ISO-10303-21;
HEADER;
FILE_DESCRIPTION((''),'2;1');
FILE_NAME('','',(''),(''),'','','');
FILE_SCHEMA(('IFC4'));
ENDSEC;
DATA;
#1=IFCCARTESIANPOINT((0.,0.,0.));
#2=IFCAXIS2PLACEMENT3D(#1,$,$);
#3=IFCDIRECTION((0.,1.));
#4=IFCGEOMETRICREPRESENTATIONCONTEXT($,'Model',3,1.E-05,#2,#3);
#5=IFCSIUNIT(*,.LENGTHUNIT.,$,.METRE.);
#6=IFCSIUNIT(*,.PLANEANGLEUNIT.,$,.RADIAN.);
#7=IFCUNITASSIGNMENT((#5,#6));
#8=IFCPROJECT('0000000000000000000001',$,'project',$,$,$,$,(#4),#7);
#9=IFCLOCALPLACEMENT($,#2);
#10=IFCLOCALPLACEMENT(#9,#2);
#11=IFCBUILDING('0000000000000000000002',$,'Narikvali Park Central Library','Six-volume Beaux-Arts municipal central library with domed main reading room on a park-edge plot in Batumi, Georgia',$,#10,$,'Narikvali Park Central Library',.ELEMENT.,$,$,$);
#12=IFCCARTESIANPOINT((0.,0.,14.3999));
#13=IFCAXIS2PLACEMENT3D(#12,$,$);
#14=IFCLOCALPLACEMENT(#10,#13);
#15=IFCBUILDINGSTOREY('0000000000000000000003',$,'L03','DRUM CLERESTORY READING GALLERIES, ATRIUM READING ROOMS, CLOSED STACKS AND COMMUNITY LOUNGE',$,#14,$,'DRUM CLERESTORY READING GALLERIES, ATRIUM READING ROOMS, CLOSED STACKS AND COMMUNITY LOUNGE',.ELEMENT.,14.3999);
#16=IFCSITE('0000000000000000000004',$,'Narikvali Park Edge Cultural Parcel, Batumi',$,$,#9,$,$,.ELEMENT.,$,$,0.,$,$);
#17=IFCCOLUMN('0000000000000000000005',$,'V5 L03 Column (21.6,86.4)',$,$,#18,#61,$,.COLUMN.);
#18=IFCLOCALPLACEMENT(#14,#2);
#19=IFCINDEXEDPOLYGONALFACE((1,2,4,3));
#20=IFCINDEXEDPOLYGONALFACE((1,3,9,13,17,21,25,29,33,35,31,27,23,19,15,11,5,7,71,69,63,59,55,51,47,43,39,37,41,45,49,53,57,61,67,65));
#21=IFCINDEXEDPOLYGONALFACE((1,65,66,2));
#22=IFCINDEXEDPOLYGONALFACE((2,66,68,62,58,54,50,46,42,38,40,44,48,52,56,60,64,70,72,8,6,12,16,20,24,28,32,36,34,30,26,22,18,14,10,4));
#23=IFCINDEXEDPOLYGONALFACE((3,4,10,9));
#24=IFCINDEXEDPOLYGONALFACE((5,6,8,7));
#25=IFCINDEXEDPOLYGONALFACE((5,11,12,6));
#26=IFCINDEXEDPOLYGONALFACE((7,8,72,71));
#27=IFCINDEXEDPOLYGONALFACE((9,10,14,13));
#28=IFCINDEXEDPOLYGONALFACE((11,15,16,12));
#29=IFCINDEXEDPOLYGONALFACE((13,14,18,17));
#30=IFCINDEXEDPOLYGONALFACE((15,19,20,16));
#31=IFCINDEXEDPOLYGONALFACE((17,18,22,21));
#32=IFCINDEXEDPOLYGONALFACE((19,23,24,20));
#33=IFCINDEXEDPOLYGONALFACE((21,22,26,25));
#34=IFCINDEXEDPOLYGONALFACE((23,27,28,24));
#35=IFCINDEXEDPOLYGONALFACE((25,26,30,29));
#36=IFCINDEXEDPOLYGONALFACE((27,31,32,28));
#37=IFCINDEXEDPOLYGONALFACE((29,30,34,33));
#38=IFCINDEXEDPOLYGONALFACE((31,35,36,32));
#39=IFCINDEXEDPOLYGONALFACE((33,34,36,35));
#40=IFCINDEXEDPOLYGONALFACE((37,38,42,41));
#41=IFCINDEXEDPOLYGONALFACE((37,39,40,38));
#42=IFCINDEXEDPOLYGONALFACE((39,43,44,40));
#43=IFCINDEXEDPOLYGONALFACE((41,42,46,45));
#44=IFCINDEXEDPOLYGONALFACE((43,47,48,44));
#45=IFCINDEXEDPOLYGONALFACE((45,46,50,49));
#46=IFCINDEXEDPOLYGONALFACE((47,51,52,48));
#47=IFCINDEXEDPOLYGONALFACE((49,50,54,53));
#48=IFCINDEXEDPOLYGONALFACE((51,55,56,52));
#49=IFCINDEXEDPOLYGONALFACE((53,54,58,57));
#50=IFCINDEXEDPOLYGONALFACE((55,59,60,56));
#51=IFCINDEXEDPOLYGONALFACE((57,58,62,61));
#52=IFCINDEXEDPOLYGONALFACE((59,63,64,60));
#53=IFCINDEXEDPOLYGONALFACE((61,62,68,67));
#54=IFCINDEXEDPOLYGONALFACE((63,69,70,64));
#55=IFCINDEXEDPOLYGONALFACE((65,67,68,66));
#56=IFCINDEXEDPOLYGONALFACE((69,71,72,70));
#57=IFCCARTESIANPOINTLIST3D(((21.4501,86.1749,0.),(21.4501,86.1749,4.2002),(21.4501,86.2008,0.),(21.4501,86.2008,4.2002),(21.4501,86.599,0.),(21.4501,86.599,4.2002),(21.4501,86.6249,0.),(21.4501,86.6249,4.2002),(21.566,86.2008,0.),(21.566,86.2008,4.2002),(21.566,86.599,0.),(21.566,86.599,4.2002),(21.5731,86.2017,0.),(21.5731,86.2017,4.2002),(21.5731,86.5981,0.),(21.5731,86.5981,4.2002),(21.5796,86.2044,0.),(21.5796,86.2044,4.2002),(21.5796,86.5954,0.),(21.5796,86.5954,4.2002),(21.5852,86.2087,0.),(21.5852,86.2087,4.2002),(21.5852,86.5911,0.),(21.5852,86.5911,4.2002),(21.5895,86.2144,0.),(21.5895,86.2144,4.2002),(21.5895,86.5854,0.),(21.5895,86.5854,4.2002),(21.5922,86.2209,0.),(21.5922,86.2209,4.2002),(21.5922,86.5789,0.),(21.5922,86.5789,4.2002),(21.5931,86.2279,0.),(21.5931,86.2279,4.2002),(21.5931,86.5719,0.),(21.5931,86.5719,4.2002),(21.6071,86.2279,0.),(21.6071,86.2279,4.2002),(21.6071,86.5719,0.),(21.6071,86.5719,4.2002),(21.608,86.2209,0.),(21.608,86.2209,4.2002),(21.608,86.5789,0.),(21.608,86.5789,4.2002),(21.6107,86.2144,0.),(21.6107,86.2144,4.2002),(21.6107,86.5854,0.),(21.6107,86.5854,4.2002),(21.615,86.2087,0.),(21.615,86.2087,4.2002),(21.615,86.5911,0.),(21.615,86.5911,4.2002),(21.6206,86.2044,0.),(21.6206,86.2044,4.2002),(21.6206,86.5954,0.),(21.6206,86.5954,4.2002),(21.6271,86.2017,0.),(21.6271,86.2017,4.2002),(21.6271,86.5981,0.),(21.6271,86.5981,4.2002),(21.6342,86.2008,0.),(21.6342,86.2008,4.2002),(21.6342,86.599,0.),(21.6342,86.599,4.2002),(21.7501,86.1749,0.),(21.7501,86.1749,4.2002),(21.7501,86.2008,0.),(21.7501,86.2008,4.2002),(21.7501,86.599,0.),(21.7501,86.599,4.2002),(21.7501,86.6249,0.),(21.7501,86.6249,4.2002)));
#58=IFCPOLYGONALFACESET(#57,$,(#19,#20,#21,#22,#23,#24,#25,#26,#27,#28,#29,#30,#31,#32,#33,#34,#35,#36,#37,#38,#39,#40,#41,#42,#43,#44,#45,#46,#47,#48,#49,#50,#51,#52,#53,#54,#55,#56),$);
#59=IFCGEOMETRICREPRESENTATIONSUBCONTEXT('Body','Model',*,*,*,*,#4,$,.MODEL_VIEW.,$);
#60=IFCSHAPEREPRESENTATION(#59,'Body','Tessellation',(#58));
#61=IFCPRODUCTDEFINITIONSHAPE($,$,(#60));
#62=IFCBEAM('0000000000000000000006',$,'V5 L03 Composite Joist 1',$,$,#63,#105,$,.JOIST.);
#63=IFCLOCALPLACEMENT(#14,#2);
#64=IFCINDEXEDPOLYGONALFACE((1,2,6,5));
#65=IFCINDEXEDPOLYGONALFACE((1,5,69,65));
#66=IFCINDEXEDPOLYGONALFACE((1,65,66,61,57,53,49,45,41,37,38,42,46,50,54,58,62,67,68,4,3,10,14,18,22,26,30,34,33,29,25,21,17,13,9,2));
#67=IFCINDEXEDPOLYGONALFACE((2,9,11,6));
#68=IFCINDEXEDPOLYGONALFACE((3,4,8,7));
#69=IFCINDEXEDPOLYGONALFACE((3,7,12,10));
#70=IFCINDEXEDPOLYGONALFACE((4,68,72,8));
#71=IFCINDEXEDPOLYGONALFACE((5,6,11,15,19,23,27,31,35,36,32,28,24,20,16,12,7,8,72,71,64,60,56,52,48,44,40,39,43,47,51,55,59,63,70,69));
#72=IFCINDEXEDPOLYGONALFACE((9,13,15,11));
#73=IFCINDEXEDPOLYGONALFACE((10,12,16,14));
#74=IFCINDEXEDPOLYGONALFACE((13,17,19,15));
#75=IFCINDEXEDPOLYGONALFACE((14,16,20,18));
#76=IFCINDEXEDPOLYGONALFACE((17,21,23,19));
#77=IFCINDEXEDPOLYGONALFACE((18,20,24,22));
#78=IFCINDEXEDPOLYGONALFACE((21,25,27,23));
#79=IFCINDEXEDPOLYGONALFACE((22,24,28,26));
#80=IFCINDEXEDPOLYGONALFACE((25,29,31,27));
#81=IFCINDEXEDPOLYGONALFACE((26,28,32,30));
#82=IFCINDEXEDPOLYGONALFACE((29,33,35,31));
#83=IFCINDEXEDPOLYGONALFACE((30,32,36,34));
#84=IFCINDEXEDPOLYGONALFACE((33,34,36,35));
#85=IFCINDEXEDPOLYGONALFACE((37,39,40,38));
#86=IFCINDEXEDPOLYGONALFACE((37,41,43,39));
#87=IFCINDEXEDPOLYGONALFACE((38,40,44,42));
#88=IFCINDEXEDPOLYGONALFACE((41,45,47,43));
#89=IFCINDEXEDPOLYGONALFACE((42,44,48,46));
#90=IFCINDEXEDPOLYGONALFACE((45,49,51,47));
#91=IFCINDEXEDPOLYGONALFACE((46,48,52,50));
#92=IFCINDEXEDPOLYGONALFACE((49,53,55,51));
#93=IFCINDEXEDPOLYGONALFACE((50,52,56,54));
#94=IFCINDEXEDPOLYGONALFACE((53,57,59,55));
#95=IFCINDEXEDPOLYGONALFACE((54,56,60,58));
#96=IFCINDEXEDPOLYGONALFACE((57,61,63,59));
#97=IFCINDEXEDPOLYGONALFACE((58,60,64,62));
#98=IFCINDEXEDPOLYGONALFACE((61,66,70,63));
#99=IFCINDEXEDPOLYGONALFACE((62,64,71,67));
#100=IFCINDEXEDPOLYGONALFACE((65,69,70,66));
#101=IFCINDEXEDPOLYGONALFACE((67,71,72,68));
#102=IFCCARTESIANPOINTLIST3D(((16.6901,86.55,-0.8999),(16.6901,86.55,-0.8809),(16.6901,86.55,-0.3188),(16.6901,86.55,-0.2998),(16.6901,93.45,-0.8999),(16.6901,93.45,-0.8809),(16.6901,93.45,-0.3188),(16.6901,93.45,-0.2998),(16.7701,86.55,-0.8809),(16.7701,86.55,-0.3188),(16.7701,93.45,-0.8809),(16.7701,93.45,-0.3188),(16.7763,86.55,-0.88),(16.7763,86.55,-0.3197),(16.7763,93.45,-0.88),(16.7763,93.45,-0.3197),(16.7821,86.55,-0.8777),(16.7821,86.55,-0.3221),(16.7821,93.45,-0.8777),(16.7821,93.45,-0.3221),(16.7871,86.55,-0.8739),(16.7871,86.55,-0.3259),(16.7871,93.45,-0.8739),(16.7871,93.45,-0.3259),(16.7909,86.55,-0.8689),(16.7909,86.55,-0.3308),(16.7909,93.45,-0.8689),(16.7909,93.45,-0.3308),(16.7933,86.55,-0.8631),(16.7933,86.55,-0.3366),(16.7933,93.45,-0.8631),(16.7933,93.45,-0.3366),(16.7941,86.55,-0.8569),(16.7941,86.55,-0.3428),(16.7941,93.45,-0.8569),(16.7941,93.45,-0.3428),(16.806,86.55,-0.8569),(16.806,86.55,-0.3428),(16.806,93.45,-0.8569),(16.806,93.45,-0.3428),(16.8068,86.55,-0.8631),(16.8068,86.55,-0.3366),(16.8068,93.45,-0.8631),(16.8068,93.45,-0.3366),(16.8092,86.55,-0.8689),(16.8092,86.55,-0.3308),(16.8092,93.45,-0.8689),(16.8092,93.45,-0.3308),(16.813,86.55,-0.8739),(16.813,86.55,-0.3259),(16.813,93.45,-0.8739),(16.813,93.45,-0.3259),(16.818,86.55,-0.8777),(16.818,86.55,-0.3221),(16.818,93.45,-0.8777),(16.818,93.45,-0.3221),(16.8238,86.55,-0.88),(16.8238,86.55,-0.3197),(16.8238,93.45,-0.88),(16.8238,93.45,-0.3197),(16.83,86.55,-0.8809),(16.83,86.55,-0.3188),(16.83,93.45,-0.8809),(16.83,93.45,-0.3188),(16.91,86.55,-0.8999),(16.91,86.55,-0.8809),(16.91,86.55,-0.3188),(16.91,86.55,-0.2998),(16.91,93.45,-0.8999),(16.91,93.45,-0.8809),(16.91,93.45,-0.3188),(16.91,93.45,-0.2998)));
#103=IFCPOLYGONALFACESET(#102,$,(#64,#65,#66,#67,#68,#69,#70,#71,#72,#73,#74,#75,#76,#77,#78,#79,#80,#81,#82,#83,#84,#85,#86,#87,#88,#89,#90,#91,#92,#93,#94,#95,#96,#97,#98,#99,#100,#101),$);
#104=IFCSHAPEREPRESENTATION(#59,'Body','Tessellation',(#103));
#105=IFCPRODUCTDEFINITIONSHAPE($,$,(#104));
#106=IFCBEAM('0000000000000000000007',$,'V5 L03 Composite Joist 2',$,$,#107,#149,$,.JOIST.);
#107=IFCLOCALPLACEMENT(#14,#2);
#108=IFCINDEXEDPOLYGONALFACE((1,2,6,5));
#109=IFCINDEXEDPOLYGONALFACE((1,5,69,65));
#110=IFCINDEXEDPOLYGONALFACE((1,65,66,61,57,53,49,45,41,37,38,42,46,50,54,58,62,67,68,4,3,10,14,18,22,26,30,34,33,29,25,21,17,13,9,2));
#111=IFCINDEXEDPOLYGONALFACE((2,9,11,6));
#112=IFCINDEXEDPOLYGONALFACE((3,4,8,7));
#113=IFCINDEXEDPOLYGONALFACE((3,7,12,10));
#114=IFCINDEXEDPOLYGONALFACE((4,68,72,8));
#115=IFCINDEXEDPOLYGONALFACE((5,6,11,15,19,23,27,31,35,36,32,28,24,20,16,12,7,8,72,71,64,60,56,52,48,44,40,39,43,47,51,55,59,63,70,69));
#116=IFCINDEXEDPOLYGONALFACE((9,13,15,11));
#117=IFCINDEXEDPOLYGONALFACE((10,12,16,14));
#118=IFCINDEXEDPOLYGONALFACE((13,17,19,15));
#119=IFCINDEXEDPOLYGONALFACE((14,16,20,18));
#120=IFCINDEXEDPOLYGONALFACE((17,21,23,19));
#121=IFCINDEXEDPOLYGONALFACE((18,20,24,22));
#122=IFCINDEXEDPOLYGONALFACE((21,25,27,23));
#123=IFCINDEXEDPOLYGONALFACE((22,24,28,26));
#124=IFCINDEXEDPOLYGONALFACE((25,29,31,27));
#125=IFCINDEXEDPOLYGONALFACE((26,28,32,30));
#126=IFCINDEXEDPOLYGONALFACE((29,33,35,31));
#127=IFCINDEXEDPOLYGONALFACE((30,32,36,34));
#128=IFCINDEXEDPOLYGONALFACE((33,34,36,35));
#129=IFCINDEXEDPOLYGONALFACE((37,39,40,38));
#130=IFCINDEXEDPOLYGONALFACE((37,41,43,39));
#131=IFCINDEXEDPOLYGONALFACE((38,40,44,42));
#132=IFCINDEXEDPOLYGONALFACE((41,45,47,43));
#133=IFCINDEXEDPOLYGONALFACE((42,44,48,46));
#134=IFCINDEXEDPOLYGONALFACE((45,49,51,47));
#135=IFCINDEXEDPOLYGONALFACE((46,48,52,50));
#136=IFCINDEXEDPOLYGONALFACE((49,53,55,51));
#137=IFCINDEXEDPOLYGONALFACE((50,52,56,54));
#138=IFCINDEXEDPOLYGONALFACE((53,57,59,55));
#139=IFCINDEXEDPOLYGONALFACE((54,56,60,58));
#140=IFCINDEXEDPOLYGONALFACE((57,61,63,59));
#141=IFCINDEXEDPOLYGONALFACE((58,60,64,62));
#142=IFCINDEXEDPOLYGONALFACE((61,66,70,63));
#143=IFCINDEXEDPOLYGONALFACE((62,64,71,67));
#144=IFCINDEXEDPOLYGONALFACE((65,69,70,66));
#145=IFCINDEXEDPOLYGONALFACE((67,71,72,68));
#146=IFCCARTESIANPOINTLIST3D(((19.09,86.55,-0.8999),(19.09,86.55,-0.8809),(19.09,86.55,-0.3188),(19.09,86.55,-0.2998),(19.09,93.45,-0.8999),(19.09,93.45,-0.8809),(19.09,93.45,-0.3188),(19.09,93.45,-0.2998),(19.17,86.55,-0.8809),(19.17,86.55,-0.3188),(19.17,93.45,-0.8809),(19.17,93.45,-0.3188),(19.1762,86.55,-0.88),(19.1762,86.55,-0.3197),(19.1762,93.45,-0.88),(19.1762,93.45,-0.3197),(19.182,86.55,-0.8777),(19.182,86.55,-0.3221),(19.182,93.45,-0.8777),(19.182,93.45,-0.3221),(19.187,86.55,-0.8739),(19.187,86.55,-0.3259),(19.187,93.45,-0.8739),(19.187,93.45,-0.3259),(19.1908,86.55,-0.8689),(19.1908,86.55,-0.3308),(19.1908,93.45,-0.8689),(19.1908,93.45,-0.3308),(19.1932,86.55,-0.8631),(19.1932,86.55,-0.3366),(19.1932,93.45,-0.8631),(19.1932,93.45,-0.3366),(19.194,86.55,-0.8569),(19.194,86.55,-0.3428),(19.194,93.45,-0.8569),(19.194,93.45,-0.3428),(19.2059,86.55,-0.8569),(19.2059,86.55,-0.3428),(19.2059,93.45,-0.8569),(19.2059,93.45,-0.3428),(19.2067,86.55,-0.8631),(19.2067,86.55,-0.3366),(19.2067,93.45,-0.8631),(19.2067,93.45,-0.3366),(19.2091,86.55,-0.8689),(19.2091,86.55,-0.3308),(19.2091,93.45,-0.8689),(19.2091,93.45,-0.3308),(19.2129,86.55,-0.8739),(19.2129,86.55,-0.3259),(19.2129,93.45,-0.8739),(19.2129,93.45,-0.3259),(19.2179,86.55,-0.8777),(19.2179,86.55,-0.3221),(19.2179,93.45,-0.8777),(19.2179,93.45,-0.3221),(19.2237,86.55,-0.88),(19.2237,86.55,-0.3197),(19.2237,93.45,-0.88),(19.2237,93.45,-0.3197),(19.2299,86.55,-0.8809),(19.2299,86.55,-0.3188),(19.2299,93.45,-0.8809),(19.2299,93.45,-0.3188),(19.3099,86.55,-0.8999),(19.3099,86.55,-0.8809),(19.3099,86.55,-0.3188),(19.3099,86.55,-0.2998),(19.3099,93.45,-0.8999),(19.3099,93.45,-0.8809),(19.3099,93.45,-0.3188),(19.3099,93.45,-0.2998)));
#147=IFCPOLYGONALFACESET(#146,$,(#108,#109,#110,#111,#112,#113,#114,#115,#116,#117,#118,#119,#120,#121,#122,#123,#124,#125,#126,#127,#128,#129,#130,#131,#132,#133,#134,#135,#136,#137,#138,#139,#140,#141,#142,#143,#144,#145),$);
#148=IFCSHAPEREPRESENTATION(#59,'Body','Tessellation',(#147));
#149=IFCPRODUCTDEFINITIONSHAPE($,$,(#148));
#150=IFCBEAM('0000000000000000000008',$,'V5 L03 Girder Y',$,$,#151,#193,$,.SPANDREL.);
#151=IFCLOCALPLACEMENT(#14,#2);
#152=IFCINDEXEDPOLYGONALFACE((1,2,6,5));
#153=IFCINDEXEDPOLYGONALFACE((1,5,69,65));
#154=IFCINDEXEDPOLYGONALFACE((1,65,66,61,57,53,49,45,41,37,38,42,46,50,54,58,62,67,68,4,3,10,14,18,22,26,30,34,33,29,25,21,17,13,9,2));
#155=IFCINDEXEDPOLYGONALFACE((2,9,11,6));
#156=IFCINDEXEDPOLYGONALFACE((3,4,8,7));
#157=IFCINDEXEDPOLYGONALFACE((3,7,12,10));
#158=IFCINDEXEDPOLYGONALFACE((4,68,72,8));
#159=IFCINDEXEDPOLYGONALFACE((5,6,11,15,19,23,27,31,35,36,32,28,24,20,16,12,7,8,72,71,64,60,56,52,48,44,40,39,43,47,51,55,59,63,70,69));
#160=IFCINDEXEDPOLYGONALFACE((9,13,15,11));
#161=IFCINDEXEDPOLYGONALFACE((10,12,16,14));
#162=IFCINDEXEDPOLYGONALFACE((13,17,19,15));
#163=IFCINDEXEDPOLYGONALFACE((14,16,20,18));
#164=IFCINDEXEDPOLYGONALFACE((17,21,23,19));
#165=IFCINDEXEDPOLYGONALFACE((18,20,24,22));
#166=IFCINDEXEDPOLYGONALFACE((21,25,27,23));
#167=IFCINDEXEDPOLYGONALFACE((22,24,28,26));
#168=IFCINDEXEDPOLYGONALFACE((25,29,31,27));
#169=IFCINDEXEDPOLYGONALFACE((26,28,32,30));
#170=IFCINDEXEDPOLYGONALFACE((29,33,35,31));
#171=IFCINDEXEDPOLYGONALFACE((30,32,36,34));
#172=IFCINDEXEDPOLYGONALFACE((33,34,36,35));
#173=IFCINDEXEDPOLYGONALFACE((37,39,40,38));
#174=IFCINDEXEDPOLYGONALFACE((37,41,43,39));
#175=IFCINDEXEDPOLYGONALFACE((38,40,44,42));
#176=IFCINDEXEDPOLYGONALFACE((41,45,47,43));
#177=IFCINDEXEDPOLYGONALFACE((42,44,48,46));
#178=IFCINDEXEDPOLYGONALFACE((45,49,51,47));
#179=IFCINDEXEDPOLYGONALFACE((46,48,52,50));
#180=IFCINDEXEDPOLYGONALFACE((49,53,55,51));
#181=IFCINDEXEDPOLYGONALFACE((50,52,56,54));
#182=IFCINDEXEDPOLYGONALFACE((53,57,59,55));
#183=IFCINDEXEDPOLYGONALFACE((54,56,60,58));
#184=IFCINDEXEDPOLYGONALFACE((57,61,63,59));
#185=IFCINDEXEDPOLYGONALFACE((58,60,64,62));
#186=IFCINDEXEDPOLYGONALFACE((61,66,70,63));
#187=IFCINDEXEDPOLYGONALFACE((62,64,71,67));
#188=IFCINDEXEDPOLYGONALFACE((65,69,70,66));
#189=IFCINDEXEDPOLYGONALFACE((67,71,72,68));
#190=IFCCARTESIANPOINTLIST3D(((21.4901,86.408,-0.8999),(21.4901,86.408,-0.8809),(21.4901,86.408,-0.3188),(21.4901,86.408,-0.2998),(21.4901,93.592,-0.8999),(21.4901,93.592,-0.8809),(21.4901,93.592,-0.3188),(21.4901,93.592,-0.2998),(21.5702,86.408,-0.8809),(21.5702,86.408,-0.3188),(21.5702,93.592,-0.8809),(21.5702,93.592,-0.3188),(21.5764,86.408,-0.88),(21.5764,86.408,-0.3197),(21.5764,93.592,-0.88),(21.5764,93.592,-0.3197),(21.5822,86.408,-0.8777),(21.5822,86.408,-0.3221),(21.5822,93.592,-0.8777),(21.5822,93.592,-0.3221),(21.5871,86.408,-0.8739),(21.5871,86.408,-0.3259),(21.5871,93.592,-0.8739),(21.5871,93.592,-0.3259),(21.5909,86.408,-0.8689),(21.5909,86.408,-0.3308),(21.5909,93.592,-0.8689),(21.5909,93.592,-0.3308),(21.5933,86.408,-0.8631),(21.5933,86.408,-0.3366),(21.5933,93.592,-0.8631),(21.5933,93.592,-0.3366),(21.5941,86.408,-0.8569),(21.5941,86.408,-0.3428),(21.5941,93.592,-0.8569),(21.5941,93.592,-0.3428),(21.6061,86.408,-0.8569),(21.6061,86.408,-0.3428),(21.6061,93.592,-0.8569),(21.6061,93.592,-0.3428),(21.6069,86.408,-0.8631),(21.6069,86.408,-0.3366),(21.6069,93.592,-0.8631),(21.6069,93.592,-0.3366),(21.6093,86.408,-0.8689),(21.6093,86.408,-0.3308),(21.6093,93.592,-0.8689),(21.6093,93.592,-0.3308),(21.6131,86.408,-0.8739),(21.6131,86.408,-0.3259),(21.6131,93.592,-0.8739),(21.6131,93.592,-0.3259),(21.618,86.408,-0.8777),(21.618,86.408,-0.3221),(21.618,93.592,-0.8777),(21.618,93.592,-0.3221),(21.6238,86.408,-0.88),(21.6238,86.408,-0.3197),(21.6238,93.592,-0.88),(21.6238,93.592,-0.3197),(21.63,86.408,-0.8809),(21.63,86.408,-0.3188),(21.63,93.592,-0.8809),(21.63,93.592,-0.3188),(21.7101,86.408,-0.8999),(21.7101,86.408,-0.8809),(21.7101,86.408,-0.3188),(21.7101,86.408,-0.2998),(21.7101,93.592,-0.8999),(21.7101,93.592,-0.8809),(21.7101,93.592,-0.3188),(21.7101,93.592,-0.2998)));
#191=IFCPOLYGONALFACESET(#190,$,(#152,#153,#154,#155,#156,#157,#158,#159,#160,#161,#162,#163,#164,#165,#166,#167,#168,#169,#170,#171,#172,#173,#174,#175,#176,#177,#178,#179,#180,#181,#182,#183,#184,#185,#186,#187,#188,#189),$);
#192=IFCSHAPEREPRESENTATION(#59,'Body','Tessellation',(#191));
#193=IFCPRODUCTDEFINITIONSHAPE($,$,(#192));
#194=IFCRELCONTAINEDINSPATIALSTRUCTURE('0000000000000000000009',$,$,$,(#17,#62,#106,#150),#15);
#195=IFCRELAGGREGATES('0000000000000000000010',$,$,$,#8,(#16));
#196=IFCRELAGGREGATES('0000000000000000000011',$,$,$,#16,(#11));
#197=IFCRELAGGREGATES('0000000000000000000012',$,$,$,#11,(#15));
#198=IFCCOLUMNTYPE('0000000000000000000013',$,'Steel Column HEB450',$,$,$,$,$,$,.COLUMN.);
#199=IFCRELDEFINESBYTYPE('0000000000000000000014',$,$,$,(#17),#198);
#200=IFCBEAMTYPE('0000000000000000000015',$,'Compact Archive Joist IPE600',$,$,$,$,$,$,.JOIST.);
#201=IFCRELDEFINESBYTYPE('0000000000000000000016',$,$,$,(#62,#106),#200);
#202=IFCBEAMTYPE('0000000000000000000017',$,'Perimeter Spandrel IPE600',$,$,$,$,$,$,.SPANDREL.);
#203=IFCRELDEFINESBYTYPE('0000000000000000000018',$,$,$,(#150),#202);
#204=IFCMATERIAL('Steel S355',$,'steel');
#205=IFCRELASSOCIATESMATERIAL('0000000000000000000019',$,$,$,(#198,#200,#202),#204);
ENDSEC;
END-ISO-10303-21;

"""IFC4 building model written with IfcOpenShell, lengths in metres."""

from ifc_helpers import new_model, si_unit, direction, frame, origin, origin_2d, place, context, subcontext, project, spatial, i_section, extrude, material, material_profile, profile_set, type_object, element, save


model = new_model("IFC4")

# Units and contexts
model_context = context("Model", 3, precision=1e-05, world=origin(), true_north=direction((0.0, 1.0)))
body_context = subcontext(model_context, "Body", "Model", "MODEL_VIEW")
ifc_project = project(units=[si_unit("LENGTHUNIT", "METRE"), si_unit("PLANEANGLEUNIT", "RADIAN")], contexts=[model_context])

# Site, building, storey
site_placement = place(None, origin())
site = spatial("IfcSite", under=ifc_project, at=site_placement, Name="Narikvali Park Edge Cultural Parcel, Batumi", CompositionType="ELEMENT", RefElevation=0.0)
building_placement = place(site_placement, origin())
building = spatial("IfcBuilding", under=site, at=building_placement, Name="Narikvali Park Central Library", Description="Six-volume Beaux-Arts municipal central library with domed main reading room on a park-edge plot in Batumi, Georgia", LongName="Narikvali Park Central Library", CompositionType="ELEMENT")
storey_placement = place(building_placement, frame((0.0, 0.0, 14.3999)))
storey = spatial("IfcBuildingStorey", under=building, at=storey_placement, Name="L03", Description="DRUM CLERESTORY READING GALLERIES, ATRIUM READING ROOMS, CLOSED STACKS AND COMMUNITY LOUNGE", LongName="DRUM CLERESTORY READING GALLERIES, ATRIUM READING ROOMS, CLOSED STACKS AND COMMUNITY LOUNGE", CompositionType="ELEMENT", Elevation=14.3999)

# Column
ifc_material_1 = material(Name="Steel S355", Category="steel")
ifc_material_profile_1 = material_profile(ifc_material_1, i_section(OverallWidth=0.3, OverallDepth=0.45, WebThickness=0.0139, FlangeThickness=0.0259, FilletRadius=0.0271, at=origin_2d()), Name="HEB 450")
ifc_profile_set_1 = profile_set([ifc_material_profile_1], Name="Steel S355")
column_type = type_object("IfcColumnType", Name="Steel Column HEB450", PredefinedType="COLUMN", material=ifc_profile_set_1)
column_placement = place(storey_placement, frame((21.6001, 86.3999, 0.0), z_axis=(0.0, 0.0, 1.0), x_axis=(1.0, 0.0, 0.0)))
element("IfcColumn", 1, at=column_placement, inside=storey, type_object=column_type, Name="V5 L03 Column (21.6,86.4)", PredefinedType="COLUMN", context=body_context, shape_type="SweptSolid", body=[
    extrude(i_section(OverallWidth=0.3, OverallDepth=0.45, WebThickness=0.0139, FlangeThickness=0.0259, FilletRadius=0.0271, at=origin_2d()), origin(), (0.0, 0.0, 1.0), 4.2002),
])

# Beams
ifc_material_profile_2 = material_profile(ifc_material_1, i_section(OverallWidth=0.22, OverallDepth=0.6001, WebThickness=0.012, FlangeThickness=0.019, FilletRadius=0.0239, at=origin_2d()), Name="IPE 600")
ifc_profile_set_2 = profile_set([ifc_material_profile_2], Name="Steel S355")
beam_type_1 = type_object("IfcBeamType", Name="Compact Archive Joist IPE600", PredefinedType="JOIST", material=ifc_profile_set_2)
for number, where, z_axis, x_axis, name in (
    (2, (16.8, 86.55, -0.5999), (0.0, 1.0, 0.0), (-1.0, 0.0, 0.0), "V5 L03 Composite Joist 1"),
    (3, (19.2, 86.55, -0.5999), (0.0, 1.0, 0.0), (-1.0, 0.0, 0.0), "V5 L03 Composite Joist 2"),
):
    element("IfcBeam", number, at=place(storey_placement, frame(where, z_axis=z_axis, x_axis=x_axis)), inside=storey, type_object=beam_type_1, Name=name, PredefinedType="JOIST", context=body_context, shape_type="SweptSolid", body=[
        extrude(i_section(OverallWidth=0.22, OverallDepth=0.6001, WebThickness=0.012, FlangeThickness=0.019, FilletRadius=0.0239, at=origin_2d()), origin(), (0.0, 0.0, 1.0), 6.8999),
    ])
ifc_material_profile_3 = material_profile(ifc_material_1, i_section(OverallWidth=0.22, OverallDepth=0.6001, WebThickness=0.012, FlangeThickness=0.019, FilletRadius=0.0239, at=origin_2d()), Name="IPE 600")
ifc_profile_set_3 = profile_set([ifc_material_profile_3], Name="Steel S355")
beam_type_2 = type_object("IfcBeamType", Name="Perimeter Spandrel IPE600", PredefinedType="SPANDREL", material=ifc_profile_set_3)
beam_placement = place(storey_placement, frame((21.6001, 86.408, -0.5999), z_axis=(0.0, 1.0, 0.0), x_axis=(-1.0, 0.0, 0.0)))
element("IfcBeam", 4, at=beam_placement, inside=storey, type_object=beam_type_2, Name="V5 L03 Girder Y", PredefinedType="SPANDREL", context=body_context, shape_type="SweptSolid", body=[
    extrude(i_section(OverallWidth=0.22, OverallDepth=0.6001, WebThickness=0.012, FlangeThickness=0.019, FilletRadius=0.0239, at=origin_2d()), origin(), (0.0, 0.0, 1.0), 7.1841),
])

save(model, "model.ifc")
